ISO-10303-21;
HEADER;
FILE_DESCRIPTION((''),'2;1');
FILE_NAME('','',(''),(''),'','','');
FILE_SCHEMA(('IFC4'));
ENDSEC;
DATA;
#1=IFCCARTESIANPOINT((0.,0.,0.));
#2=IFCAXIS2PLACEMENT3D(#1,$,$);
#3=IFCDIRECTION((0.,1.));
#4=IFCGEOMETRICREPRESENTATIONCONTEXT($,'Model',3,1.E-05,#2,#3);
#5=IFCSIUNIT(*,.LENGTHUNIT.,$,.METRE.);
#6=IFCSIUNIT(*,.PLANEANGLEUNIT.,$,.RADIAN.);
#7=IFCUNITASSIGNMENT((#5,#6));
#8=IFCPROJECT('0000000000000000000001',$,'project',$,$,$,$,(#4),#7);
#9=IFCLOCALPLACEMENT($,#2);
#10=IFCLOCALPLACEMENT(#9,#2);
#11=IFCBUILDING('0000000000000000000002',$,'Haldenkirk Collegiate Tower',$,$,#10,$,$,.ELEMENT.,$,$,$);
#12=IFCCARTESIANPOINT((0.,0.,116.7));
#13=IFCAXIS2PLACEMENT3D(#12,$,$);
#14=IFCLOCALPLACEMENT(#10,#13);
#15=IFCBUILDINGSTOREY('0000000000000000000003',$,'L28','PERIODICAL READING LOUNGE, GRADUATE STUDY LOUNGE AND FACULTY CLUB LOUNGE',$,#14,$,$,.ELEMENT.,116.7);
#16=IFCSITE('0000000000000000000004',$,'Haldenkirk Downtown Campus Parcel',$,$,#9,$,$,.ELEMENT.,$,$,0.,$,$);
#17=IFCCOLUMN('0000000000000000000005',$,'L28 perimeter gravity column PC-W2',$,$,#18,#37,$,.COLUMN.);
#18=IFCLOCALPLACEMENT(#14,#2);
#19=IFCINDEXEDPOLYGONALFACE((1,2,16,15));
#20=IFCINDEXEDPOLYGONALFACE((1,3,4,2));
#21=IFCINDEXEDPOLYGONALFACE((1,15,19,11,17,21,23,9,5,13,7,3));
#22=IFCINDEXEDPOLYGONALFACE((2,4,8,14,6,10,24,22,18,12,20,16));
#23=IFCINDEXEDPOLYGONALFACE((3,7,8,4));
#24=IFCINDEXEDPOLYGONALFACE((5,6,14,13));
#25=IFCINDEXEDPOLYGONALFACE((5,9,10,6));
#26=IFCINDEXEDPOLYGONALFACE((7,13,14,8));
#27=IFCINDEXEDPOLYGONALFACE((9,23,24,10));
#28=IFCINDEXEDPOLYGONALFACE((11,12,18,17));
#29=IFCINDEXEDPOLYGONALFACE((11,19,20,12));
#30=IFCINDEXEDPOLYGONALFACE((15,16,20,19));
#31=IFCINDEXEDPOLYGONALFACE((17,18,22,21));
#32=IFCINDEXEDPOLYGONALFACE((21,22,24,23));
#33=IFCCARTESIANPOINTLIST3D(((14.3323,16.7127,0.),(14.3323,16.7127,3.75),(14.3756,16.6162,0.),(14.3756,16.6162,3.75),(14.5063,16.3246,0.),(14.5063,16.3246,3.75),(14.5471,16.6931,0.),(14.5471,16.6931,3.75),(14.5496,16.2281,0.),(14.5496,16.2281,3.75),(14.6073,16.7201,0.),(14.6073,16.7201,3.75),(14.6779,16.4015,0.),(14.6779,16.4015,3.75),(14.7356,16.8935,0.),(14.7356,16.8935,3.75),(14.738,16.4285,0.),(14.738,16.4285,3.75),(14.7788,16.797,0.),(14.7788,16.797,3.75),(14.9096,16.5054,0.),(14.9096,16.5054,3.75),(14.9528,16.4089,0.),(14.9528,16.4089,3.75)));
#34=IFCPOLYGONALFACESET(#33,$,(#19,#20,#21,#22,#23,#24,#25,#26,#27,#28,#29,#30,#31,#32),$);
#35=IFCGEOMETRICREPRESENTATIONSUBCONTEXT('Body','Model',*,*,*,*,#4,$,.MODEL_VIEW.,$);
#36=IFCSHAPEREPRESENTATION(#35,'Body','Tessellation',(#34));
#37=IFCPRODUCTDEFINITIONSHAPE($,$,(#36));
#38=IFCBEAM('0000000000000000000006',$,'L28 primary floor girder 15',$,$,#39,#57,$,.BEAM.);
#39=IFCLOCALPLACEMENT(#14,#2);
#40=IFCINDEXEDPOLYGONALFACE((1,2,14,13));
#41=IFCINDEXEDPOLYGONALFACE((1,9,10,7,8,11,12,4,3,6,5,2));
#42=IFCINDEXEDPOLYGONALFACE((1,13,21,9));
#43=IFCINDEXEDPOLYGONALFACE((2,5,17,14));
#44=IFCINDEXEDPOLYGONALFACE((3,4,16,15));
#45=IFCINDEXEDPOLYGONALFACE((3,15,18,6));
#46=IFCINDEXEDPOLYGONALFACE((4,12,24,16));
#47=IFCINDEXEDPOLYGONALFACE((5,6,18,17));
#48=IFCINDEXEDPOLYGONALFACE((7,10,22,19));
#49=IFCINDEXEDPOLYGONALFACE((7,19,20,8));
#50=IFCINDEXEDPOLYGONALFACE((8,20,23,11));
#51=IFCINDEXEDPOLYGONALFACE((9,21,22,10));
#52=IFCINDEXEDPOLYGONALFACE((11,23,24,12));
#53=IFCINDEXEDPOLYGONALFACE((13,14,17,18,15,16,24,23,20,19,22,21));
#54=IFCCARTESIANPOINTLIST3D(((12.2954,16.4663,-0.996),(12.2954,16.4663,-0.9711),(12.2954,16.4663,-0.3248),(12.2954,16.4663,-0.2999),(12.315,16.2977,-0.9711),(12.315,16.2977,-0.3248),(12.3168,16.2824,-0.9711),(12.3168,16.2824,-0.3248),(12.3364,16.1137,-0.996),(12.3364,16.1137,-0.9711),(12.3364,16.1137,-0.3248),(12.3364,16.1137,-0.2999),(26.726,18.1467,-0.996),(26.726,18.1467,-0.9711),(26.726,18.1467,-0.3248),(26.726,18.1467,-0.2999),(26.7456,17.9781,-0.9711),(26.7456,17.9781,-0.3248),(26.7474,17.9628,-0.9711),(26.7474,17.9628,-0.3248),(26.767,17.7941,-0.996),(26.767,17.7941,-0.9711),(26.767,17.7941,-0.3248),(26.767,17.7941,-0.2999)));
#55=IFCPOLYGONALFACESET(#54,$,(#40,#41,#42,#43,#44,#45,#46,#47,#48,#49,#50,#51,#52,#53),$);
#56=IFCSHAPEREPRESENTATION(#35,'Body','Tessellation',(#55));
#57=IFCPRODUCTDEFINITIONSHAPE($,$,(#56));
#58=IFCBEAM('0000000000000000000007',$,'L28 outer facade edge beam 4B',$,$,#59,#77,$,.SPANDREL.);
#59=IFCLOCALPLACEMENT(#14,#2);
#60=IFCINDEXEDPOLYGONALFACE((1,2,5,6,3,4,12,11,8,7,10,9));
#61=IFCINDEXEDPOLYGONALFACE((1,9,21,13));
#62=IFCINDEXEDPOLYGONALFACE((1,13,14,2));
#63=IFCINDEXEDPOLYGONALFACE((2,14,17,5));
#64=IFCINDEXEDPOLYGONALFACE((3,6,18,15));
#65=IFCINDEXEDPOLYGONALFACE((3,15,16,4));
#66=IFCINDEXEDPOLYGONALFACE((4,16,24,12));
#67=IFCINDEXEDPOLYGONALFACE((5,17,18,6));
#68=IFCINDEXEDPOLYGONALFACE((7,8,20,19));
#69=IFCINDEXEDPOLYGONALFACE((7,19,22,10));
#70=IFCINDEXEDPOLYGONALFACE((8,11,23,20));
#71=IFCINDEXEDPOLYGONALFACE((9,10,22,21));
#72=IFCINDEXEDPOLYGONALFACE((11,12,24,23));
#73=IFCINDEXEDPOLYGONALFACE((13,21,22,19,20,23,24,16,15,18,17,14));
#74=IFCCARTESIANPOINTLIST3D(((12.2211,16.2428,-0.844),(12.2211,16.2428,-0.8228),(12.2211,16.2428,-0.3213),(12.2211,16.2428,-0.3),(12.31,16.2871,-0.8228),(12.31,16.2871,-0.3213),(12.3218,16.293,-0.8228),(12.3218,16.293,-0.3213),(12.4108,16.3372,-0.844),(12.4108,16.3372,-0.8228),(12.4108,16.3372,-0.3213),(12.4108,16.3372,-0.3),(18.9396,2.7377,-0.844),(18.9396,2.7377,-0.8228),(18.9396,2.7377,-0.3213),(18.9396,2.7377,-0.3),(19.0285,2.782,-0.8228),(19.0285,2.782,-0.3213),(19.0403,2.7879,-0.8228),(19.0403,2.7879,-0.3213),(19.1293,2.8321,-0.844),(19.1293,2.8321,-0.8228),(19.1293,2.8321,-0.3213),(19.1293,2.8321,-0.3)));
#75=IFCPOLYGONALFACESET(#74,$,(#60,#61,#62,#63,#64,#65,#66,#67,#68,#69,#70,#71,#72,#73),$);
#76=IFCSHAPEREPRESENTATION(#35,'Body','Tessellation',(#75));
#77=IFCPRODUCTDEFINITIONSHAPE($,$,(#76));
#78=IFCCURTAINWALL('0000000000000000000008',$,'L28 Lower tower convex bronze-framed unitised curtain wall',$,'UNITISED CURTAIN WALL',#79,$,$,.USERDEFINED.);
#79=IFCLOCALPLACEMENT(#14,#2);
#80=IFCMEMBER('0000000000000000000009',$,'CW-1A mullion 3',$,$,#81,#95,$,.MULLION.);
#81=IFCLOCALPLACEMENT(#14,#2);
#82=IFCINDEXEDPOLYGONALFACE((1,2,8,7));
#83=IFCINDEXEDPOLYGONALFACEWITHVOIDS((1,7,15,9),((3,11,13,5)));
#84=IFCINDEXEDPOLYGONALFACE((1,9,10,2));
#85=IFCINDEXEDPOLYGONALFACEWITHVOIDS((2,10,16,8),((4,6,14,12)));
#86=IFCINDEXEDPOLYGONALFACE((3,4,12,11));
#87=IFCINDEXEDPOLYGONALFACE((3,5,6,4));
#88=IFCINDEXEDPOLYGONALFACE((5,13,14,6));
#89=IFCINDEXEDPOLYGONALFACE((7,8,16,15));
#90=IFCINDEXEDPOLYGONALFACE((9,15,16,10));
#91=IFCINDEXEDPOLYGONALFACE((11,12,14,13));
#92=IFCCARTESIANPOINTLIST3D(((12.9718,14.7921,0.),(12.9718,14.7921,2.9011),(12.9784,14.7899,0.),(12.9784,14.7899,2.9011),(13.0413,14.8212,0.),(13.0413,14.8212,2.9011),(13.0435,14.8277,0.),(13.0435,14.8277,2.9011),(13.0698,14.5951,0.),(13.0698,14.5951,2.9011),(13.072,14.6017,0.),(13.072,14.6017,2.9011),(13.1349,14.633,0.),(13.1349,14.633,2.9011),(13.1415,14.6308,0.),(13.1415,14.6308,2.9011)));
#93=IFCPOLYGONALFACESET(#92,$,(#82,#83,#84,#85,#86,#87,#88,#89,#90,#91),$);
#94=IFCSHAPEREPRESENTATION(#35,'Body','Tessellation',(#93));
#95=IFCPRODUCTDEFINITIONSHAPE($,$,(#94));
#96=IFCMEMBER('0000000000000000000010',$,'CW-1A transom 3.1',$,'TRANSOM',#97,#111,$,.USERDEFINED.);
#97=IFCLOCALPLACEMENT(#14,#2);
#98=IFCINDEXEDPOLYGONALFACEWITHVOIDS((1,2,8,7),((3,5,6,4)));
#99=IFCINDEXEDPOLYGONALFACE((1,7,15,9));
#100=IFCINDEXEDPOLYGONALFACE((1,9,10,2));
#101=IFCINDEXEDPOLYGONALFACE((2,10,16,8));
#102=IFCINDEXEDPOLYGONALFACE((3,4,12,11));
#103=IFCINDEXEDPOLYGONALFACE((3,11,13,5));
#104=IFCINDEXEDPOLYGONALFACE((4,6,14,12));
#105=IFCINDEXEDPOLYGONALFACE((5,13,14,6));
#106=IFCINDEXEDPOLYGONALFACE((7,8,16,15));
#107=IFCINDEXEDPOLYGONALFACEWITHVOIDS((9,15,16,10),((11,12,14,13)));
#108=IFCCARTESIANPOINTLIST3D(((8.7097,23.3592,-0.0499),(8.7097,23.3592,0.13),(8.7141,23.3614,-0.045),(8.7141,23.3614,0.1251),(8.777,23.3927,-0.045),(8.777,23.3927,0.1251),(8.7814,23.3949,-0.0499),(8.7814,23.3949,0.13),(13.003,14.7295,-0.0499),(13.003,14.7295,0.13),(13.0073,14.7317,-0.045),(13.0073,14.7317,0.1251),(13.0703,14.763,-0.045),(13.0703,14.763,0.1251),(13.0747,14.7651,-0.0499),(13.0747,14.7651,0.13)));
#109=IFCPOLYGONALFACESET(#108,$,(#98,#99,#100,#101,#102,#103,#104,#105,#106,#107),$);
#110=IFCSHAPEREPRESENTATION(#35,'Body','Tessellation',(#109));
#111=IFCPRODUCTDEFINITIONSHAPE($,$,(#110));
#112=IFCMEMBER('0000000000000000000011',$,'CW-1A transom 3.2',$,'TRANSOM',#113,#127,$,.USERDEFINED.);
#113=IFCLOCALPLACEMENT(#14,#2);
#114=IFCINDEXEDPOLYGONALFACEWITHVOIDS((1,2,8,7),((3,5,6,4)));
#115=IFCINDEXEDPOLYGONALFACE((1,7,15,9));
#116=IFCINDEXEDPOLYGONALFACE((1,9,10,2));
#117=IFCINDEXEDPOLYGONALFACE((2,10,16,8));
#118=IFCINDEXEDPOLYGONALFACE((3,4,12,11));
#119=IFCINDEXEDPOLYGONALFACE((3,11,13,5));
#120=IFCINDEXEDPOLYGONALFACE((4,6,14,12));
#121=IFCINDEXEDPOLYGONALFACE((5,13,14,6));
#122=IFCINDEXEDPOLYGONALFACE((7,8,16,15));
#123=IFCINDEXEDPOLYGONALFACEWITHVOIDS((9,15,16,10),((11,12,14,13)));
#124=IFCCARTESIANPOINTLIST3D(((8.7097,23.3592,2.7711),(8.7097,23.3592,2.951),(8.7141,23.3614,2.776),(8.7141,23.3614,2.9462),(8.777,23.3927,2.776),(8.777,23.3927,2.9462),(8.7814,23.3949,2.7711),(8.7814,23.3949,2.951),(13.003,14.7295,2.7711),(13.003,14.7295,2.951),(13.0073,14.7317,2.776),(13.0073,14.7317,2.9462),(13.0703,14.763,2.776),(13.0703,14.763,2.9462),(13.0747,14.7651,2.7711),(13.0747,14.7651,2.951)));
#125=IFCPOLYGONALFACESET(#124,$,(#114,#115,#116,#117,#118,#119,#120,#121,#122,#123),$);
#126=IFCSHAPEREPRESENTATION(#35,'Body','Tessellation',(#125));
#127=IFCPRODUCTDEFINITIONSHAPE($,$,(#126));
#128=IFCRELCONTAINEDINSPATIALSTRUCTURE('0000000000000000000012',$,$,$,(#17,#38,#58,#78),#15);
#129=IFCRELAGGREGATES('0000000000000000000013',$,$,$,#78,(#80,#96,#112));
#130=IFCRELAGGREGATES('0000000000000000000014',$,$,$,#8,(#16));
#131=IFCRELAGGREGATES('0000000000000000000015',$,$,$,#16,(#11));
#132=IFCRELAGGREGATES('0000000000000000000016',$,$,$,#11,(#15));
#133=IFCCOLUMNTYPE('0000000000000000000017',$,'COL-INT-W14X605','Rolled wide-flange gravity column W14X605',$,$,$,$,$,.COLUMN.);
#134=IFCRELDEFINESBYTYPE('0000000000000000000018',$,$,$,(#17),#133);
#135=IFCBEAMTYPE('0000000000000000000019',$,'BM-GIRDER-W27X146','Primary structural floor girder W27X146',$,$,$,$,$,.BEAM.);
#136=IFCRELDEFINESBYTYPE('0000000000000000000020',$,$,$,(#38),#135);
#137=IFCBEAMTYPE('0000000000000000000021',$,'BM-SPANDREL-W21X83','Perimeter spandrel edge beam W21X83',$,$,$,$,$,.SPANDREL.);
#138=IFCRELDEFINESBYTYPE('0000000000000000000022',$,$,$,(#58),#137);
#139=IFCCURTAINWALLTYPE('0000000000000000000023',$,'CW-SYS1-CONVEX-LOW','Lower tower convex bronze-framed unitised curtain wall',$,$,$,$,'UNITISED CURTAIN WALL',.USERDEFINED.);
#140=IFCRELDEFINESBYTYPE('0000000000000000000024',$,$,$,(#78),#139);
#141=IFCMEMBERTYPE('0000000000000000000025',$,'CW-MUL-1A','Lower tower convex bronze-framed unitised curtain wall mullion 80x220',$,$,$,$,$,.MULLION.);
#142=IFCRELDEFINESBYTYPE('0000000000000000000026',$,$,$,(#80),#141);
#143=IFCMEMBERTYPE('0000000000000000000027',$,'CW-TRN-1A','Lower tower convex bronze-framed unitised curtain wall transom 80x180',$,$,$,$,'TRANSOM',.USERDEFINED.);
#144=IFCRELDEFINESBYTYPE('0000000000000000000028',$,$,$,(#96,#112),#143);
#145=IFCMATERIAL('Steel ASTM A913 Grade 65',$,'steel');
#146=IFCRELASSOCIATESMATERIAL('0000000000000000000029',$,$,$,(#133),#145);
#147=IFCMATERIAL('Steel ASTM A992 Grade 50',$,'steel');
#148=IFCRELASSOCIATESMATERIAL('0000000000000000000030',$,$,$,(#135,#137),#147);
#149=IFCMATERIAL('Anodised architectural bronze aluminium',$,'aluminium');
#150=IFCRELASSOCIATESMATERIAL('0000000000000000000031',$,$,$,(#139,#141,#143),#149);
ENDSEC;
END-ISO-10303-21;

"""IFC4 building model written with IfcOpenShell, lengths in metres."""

from ifc_helpers import new_model, si_unit, direction, frame, origin, origin_2d, place, context, subcontext, project, spatial, hollow_rectangle, i_section, extrude, material, material_profile, profile_set, type_object, element, aggregate, save


model = new_model("IFC4")

# Units and contexts
model_context = context("Model", 3, precision=1e-05, world=origin(), true_north=direction((0.0, 1.0)))
body_context = subcontext(model_context, "Body", "Model", "MODEL_VIEW")
ifc_project = project(units=[si_unit("LENGTHUNIT", "METRE"), si_unit("PLANEANGLEUNIT", "RADIAN")], contexts=[model_context])

# Site, building, storey
site_placement = place(None, origin())
site = spatial("IfcSite", under=ifc_project, at=site_placement, Name="Haldenkirk Downtown Campus Parcel", CompositionType="ELEMENT", RefElevation=0.0)
building_placement = place(site_placement, origin())
building = spatial("IfcBuilding", under=site, at=building_placement, Name="Haldenkirk Collegiate Tower", CompositionType="ELEMENT")
storey_placement = place(building_placement, frame((0.0, 0.0, 116.7)))
storey = spatial("IfcBuildingStorey", under=building, at=storey_placement, Name="L28", Description="PERIODICAL READING LOUNGE, GRADUATE STUDY LOUNGE AND FACULTY CLUB LOUNGE", CompositionType="ELEMENT", Elevation=116.7)

# Column
ifc_material_1 = material(Name="Steel ASTM A913 Grade 65", Category="steel")
ifc_material_profile_1 = material_profile(ifc_material_1, i_section(OverallWidth=0.4419, OverallDepth=0.531, WebThickness=0.0659, FlangeThickness=0.1057, at=origin_2d()), Name="W14X605")
ifc_profile_set_1 = profile_set([ifc_material_profile_1], Name="Steel ASTM A913 Grade 65")
column_type = type_object("IfcColumnType", Name="COL-INT-W14X605", Description="Rolled wide-flange gravity column W14X605", PredefinedType="COLUMN", material=ifc_profile_set_1)
column_placement = place(storey_placement, frame((14.6426, 16.5608, 0.0), z_axis=(0.0, 0.0, 1.0), x_axis=(0.912477, 0.409127, 0.0)))
element("IfcColumn", 1, at=column_placement, inside=storey, type_object=column_type, Name="L28 perimeter gravity column PC-W2", PredefinedType="COLUMN", context=body_context, shape_type="SweptSolid", body=[
    extrude(i_section(OverallWidth=0.4419, OverallDepth=0.531, WebThickness=0.0659, FlangeThickness=0.1057, at=origin_2d()), origin(), (0.0, 0.0, 1.0), 3.75),
])

# Beams
ifc_material_2 = material(Name="Steel ASTM A992 Grade 50", Category="steel")
ifc_material_profile_2 = material_profile(ifc_material_2, i_section(OverallWidth=0.355, OverallDepth=0.696, WebThickness=0.0154, FlangeThickness=0.0249, at=origin_2d()), Name="W27X146")
ifc_profile_set_2 = profile_set([ifc_material_profile_2], Name="Steel ASTM A992 Grade 50")
beam_type_1 = type_object("IfcBeamType", Name="BM-GIRDER-W27X146", Description="Primary structural floor girder W27X146", PredefinedType="BEAM", material=ifc_profile_set_2)
beam_1_placement = place(storey_placement, frame((12.3159, 16.29, -0.6479), z_axis=(0.993288, 0.115666, 0.0), x_axis=(-0.115666, 0.993288, 0.0)))
element("IfcBeam", 2, at=beam_1_placement, inside=storey, type_object=beam_type_1, Name="L28 primary floor girder 15", PredefinedType="BEAM", context=body_context, shape_type="SweptSolid", body=[
    extrude(i_section(OverallWidth=0.355, OverallDepth=0.696, WebThickness=0.0154, FlangeThickness=0.0249, at=origin_2d()), origin(), (0.0, 0.0, 1.0), 14.5281),
])
ifc_material_profile_3 = material_profile(ifc_material_2, i_section(OverallWidth=0.2119, OverallDepth=0.5439, WebThickness=0.0132, FlangeThickness=0.0212, at=origin_2d()), Name="W21X83")
ifc_profile_set_3 = profile_set([ifc_material_profile_3], Name="Steel ASTM A992 Grade 50")
beam_type_2 = type_object("IfcBeamType", Name="BM-SPANDREL-W21X83", Description="Perimeter spandrel edge beam W21X83", PredefinedType="SPANDREL", material=ifc_profile_set_3)
beam_2_placement = place(storey_placement, frame((12.3159, 16.29, -0.572), z_axis=(0.445406, -0.895329, 0.0), x_axis=(0.895329, 0.445406, 0.0)))
element("IfcBeam", 3, at=beam_2_placement, inside=storey, type_object=beam_type_2, Name="L28 outer facade edge beam 4B", PredefinedType="SPANDREL", context=body_context, shape_type="SweptSolid", body=[
    extrude(i_section(OverallWidth=0.2119, OverallDepth=0.5439, WebThickness=0.0132, FlangeThickness=0.0212, at=origin_2d()), origin(), (0.0, 0.0, 1.0), 15.084),
])

# Curtain wall, members
ifc_material_3 = material(Name="Anodised architectural bronze aluminium", Category="aluminium")
curtain_wall_type = type_object("IfcCurtainWallType", Name="CW-SYS1-CONVEX-LOW", Description="Lower tower convex bronze-framed unitised curtain wall", ElementType="UNITISED CURTAIN WALL", PredefinedType="USERDEFINED", material=ifc_material_3)
curtain_wall_placement = place(storey_placement, origin())
curtain_wall = element("IfcCurtainWall", 4, at=curtain_wall_placement, inside=storey, type_object=curtain_wall_type, Name="L28 Lower tower convex bronze-framed unitised curtain wall", ObjectType="UNITISED CURTAIN WALL", PredefinedType="USERDEFINED")
ifc_material_profile_4 = material_profile(ifc_material_3, hollow_rectangle(XDim=0.0801, YDim=0.22, WallThickness=0.0049, at=origin_2d()), Name="CW-MUL-1A")
ifc_profile_set_4 = profile_set([ifc_material_profile_4], Name="Anodised architectural bronze aluminium")
member_type_1 = type_object("IfcMemberType", Name="CW-MUL-1A", Description="Lower tower convex bronze-framed unitised curtain wall mullion 80x220", PredefinedType="MULLION", material=ifc_profile_set_4)
member_1_placement = place(storey_placement, frame((13.0566, 14.7114, 0.0), z_axis=(0.0, 0.0, 1.0), x_axis=(-0.895324, -0.445415, 0.0)))
member_1 = element("IfcMember", 5, at=member_1_placement, type_object=member_type_1, Name="CW-1A mullion 3", PredefinedType="MULLION", context=body_context, shape_type="SweptSolid", body=[
    extrude(hollow_rectangle(XDim=0.0801, YDim=0.22, WallThickness=0.0049, at=origin_2d()), origin(), (0.0, 0.0, 1.0), 2.9011),
])
ifc_material_profile_5 = material_profile(ifc_material_3, hollow_rectangle(XDim=0.0801, YDim=0.1799, WallThickness=0.0049, at=origin_2d()), Name="CW-TRN-1A")
ifc_profile_set_5 = profile_set([ifc_material_profile_5], Name="Anodised architectural bronze aluminium")
member_type_2 = type_object("IfcMemberType", Name="CW-TRN-1A", Description="Lower tower convex bronze-framed unitised curtain wall transom 80x180", ElementType="TRANSOM", PredefinedType="USERDEFINED", material=ifc_profile_set_5)
member_2_placement = place(storey_placement, frame((13.0388, 14.7473, 0.04), z_axis=(-0.445419, 0.895322, 0.0), x_axis=(-0.895322, -0.445419, 0.0)))
member_2 = element("IfcMember", 6, at=member_2_placement, type_object=member_type_2, Name="CW-1A transom 3.1", ObjectType="TRANSOM", PredefinedType="USERDEFINED", context=body_context, shape_type="SweptSolid", body=[
    extrude(hollow_rectangle(XDim=0.0801, YDim=0.1799, WallThickness=0.0049, at=origin_2d()), origin(), (0.0, 0.0, 1.0), 9.6387),
])
member_3_placement = place(storey_placement, frame((13.0388, 14.7473, 2.8611), z_axis=(-0.445419, 0.895322, 0.0), x_axis=(-0.895322, -0.445419, 0.0)))
member_3 = element("IfcMember", 7, at=member_3_placement, type_object=member_type_2, Name="CW-1A transom 3.2", ObjectType="TRANSOM", PredefinedType="USERDEFINED", context=body_context, shape_type="SweptSolid", body=[
    extrude(hollow_rectangle(XDim=0.0801, YDim=0.1799, WallThickness=0.0049, at=origin_2d()), origin(), (0.0, 0.0, 1.0), 9.6387),
])

aggregate(curtain_wall, [member_1, member_2, member_3])

save(model, "model.ifc")
